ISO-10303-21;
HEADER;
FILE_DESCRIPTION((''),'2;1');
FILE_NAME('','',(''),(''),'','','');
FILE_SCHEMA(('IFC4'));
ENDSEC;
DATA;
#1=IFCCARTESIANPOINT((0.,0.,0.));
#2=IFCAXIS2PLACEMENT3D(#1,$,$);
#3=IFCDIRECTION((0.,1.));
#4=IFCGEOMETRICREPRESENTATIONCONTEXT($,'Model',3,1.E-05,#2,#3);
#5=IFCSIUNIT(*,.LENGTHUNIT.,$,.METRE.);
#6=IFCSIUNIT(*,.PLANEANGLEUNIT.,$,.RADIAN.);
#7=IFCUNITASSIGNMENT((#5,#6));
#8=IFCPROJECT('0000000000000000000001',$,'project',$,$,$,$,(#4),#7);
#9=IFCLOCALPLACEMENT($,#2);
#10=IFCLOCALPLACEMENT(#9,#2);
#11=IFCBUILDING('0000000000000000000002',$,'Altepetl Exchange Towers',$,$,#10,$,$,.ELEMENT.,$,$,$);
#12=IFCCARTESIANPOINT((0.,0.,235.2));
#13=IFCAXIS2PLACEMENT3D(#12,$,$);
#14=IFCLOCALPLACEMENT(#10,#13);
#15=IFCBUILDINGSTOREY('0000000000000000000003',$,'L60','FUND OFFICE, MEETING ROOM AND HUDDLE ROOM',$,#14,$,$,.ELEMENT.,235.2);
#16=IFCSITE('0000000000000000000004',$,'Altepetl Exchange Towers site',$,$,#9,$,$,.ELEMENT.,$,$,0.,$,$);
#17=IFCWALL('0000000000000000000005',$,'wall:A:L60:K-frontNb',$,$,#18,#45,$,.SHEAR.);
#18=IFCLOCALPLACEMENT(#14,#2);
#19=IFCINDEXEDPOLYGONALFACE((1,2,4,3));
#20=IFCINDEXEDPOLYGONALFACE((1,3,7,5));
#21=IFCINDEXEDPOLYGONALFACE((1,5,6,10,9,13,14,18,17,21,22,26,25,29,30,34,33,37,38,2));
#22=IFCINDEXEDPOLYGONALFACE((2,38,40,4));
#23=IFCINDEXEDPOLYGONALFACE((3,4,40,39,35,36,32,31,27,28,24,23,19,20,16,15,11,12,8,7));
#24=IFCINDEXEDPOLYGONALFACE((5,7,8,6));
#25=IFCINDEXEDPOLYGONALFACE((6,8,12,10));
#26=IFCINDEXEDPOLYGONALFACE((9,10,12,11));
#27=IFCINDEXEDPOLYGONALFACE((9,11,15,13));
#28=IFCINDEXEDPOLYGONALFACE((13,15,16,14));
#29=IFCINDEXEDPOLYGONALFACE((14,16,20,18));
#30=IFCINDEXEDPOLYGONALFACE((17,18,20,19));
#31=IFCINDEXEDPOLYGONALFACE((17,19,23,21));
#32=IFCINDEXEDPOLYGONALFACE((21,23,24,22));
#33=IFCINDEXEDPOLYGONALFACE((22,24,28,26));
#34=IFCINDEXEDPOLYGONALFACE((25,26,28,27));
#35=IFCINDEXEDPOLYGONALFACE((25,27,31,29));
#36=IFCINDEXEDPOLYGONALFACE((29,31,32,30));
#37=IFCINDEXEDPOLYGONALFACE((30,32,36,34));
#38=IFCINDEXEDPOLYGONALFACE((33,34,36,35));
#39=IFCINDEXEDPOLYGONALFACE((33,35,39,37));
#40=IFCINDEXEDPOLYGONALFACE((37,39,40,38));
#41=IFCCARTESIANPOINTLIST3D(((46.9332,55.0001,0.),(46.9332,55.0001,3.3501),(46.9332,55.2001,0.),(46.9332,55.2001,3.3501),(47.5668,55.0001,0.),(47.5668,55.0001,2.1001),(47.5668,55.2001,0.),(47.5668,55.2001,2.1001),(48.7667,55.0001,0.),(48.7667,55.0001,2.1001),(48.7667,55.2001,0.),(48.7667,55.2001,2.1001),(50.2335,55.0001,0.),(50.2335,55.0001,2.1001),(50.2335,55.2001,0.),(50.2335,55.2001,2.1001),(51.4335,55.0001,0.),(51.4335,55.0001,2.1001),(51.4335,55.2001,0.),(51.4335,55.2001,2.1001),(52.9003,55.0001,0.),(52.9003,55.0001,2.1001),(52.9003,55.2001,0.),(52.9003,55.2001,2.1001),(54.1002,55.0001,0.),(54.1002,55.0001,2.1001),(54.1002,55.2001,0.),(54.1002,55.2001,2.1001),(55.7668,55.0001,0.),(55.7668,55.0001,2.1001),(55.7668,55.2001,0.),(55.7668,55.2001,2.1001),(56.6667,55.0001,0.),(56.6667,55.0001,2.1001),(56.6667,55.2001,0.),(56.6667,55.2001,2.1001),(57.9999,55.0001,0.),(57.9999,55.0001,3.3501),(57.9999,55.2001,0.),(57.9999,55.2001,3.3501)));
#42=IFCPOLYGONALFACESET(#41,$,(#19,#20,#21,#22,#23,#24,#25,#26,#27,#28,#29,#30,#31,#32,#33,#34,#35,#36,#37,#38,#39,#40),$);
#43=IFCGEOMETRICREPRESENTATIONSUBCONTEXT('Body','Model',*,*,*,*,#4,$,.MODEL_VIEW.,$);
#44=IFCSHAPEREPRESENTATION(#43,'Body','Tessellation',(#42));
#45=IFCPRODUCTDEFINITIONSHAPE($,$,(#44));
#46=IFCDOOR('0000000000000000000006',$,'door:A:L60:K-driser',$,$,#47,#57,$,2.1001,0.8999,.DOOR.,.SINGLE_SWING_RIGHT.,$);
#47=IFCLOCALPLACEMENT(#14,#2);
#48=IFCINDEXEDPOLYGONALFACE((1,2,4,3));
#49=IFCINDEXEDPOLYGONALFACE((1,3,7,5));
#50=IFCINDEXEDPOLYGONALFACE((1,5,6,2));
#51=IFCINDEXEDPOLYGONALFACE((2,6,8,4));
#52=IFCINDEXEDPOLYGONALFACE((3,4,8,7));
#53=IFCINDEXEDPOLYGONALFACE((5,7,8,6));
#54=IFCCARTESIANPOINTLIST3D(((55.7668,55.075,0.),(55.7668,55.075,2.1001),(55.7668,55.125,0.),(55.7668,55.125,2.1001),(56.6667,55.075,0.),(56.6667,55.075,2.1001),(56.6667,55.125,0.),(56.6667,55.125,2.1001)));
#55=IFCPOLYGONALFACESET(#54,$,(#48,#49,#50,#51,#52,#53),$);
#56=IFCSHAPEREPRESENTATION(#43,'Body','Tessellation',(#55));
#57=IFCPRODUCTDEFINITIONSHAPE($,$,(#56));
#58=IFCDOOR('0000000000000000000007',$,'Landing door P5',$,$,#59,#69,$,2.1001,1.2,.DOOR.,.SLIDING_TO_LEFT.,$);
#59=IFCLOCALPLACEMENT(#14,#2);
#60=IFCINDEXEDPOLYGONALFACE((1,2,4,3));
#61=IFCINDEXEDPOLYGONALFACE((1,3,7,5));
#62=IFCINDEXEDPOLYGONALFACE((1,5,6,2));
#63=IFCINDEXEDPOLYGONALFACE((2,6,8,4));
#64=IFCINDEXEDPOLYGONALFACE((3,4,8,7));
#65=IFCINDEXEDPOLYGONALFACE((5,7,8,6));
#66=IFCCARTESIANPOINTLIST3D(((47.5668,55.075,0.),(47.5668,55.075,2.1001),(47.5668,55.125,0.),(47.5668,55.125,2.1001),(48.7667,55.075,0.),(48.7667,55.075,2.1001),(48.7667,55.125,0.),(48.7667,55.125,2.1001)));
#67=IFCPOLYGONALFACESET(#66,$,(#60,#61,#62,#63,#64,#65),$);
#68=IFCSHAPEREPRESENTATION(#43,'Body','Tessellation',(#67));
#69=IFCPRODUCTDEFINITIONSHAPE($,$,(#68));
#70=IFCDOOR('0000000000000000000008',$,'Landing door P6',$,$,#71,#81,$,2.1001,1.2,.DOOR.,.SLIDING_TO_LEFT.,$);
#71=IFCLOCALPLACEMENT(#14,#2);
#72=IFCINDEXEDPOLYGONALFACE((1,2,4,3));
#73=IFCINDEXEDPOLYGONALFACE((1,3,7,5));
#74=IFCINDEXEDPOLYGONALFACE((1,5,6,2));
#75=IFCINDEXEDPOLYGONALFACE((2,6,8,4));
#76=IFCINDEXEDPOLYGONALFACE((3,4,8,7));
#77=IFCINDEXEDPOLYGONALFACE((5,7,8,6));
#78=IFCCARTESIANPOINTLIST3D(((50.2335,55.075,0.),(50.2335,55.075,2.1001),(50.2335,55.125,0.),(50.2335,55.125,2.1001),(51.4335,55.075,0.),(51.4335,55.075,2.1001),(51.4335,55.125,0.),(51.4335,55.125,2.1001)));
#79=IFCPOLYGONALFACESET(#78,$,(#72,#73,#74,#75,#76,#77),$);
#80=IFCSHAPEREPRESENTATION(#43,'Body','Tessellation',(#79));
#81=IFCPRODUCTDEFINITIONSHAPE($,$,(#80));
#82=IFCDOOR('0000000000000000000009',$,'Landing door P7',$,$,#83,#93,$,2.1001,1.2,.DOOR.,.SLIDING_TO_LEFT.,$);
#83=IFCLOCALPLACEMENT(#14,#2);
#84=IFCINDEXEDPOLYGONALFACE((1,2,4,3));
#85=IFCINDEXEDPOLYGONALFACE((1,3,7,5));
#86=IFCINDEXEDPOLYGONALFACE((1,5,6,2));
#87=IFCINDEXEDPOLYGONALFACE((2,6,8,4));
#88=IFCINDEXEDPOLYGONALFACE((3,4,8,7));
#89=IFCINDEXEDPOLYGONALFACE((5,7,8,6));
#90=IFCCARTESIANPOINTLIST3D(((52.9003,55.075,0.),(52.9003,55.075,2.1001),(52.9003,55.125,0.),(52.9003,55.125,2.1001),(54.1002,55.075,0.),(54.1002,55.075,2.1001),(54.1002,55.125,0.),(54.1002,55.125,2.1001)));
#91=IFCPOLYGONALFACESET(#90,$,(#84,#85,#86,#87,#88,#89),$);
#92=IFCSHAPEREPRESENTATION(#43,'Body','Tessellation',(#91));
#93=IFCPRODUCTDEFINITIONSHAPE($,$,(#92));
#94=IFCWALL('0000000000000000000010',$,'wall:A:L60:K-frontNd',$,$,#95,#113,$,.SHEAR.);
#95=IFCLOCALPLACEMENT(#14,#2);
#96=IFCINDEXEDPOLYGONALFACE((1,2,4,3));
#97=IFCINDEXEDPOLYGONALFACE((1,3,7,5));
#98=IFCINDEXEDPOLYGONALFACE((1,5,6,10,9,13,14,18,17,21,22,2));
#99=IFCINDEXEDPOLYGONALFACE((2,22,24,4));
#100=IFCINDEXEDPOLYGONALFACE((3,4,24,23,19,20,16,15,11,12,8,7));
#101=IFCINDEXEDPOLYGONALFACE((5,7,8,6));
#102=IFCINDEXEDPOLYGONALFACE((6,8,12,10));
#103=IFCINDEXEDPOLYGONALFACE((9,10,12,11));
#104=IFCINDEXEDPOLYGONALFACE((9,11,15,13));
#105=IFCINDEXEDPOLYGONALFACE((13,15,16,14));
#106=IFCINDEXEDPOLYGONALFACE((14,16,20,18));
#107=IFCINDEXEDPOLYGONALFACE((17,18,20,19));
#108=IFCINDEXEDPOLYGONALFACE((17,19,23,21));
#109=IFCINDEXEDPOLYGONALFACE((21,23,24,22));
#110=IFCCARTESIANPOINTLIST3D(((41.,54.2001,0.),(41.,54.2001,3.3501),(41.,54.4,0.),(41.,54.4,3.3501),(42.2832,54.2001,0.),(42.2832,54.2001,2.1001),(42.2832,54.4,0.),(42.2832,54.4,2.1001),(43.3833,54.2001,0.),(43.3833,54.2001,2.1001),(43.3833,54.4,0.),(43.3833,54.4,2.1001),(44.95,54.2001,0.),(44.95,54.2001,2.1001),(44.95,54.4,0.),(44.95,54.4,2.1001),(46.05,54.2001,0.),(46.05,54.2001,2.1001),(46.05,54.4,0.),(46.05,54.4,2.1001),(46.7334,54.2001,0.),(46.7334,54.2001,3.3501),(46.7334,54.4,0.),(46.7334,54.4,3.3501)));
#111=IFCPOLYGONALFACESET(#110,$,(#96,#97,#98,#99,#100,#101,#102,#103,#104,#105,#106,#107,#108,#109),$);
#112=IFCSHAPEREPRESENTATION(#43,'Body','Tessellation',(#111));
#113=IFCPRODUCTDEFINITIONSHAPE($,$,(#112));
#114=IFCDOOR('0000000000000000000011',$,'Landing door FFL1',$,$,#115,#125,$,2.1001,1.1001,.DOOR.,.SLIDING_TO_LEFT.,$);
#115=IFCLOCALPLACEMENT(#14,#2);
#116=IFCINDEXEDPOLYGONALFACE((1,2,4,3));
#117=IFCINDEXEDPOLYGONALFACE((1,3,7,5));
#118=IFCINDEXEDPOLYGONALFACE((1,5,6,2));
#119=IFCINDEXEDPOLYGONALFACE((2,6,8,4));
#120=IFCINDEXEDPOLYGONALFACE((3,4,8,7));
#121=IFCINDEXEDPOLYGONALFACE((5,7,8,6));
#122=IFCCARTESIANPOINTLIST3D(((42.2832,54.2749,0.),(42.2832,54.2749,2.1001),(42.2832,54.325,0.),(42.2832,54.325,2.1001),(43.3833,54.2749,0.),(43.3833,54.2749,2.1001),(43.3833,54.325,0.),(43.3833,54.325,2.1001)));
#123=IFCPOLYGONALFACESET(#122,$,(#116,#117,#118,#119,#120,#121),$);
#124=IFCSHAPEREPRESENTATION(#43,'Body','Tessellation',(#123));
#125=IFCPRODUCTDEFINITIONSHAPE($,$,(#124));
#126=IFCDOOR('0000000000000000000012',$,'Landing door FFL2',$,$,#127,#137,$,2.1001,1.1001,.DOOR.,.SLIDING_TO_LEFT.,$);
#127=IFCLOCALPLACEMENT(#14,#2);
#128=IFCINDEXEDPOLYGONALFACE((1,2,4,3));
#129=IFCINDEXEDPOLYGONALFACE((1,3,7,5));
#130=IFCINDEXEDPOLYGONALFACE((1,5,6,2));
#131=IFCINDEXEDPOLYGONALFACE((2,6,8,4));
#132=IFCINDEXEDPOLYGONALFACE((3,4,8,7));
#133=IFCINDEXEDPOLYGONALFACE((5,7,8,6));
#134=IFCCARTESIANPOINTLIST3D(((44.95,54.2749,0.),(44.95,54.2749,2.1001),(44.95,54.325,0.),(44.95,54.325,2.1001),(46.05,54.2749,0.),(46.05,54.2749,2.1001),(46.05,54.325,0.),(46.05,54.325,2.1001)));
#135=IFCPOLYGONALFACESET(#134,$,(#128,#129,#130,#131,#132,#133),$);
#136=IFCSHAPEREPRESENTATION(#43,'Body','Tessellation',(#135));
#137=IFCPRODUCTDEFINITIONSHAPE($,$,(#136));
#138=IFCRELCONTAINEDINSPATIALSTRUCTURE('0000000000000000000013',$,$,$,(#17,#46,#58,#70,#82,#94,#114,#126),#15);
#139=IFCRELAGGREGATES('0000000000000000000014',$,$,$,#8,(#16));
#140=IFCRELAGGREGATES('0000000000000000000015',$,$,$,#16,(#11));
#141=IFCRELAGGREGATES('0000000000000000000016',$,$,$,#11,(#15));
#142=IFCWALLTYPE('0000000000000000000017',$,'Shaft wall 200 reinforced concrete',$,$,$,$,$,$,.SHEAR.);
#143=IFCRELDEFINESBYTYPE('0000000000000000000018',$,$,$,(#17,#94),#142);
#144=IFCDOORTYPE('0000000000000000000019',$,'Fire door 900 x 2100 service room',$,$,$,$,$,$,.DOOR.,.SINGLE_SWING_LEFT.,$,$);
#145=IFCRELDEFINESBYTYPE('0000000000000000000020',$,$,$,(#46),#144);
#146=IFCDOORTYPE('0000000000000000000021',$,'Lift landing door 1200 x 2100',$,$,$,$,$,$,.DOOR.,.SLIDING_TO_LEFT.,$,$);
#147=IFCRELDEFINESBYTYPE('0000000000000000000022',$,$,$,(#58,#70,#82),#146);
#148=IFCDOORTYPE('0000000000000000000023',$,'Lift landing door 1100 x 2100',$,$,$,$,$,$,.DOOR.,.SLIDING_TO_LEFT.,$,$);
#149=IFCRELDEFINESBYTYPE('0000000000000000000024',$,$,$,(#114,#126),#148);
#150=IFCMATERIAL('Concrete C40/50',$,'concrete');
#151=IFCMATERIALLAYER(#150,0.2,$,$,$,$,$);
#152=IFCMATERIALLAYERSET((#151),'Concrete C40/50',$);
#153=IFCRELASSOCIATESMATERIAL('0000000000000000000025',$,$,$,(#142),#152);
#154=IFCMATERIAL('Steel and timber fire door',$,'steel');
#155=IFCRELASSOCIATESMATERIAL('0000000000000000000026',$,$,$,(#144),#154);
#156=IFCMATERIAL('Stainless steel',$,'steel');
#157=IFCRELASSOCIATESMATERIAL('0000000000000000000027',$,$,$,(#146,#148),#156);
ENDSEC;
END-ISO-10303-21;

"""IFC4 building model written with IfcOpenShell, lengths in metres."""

from ifc_helpers import new_model, si_unit, direction, frame, frame_2d, origin, place, context, subcontext, project, spatial, rectangle, extrude, material, layer, layer_set, type_object, element, fill, save


model = new_model("IFC4")

# Units and contexts
model_context = context("Model", 3, precision=1e-05, world=origin(), true_north=direction((0.0, 1.0)))
body_context = subcontext(model_context, "Body", "Model", "MODEL_VIEW")
ifc_project = project(units=[si_unit("LENGTHUNIT", "METRE"), si_unit("PLANEANGLEUNIT", "RADIAN")], contexts=[model_context])

# Site, building, storey
site_placement = place(None, origin())
site = spatial("IfcSite", under=ifc_project, at=site_placement, Name="Altepetl Exchange Towers site", CompositionType="ELEMENT", RefElevation=0.0)
building_placement = place(site_placement, origin())
building = spatial("IfcBuilding", under=site, at=building_placement, Name="Altepetl Exchange Towers", CompositionType="ELEMENT")
storey_placement = place(building_placement, frame((0.0, 0.0, 235.2)))
storey = spatial("IfcBuildingStorey", under=building, at=storey_placement, Name="L60", Description="FUND OFFICE, MEETING ROOM AND HUDDLE ROOM", CompositionType="ELEMENT", Elevation=235.2)

# Shared definitions
ifc_material_1 = material(Name="Steel and timber fire door", Category="steel")

# Shared definitions
ifc_material_2 = material(Name="Concrete C40/50", Category="concrete")
ifc_layer_1 = layer(ifc_material_2, 0.2)
ifc_layer_set_1 = layer_set([ifc_layer_1], Name="Concrete C40/50")
wall_type_1 = type_object("IfcWallType", Name="Shaft wall 200 reinforced concrete", PredefinedType="SHEAR", material=ifc_layer_set_1)

# Walls, openings, doors
wall_1_placement = place(storey_placement, frame((46.9333, 55.1001, 0.0)))
wall_1 = element("IfcWall", 1, at=wall_1_placement, inside=storey, type_object=wall_type_1, Name="wall:A:L60:K-frontNb", PredefinedType="SHEAR", context=body_context, shape_type="SweptSolid", body=[
    extrude(rectangle(XDim=11.0667, YDim=0.2, at=frame_2d((5.5332, 0.0))), origin(), (0.0, 0.0, 1.0), 3.3501),
])
opening_1_placement = place(wall_1_placement, frame((8.8335, 0.0, 0.0)))
opening_1 = element("IfcOpeningElement", 2, at=opening_1_placement, cuts=wall_1, PredefinedType="OPENING", context=body_context, shape_type="SweptSolid", body=[
    extrude(rectangle(XDim=0.8999, YDim=2.1001, at=frame_2d((0.45, 1.05))), frame((0.0, 0.1099, 0.0), z_axis=(0.0, -1.0, 0.0), x_axis=(1.0, 0.0, 0.0)), (0.0, 0.0, 1.0), 0.22),
])
opening_2_placement = place(wall_1_placement, frame((0.6333, 0.0, 0.0)))
opening_2 = element("IfcOpeningElement", 3, at=opening_2_placement, cuts=wall_1, PredefinedType="OPENING", context=body_context, shape_type="SweptSolid", body=[
    extrude(rectangle(XDim=1.2, YDim=2.1001, at=frame_2d((0.6001, 1.05))), frame((0.0, 0.1099, 0.0), z_axis=(0.0, -1.0, 0.0), x_axis=(1.0, 0.0, 0.0)), (0.0, 0.0, 1.0), 0.22),
])
opening_3_placement = place(wall_1_placement, frame((3.3, 0.0, 0.0)))
opening_3 = element("IfcOpeningElement", 4, at=opening_3_placement, cuts=wall_1, PredefinedType="OPENING", context=body_context, shape_type="SweptSolid", body=[
    extrude(rectangle(XDim=1.2, YDim=2.1001, at=frame_2d((0.6001, 1.05))), frame((0.0, 0.1099, 0.0), z_axis=(0.0, -1.0, 0.0), x_axis=(1.0, 0.0, 0.0)), (0.0, 0.0, 1.0), 0.22),
])
opening_4_placement = place(wall_1_placement, frame((5.9668, 0.0, 0.0)))
opening_4 = element("IfcOpeningElement", 5, at=opening_4_placement, cuts=wall_1, PredefinedType="OPENING", context=body_context, shape_type="SweptSolid", body=[
    extrude(rectangle(XDim=1.2, YDim=2.1001, at=frame_2d((0.6001, 1.05))), frame((0.0, 0.1099, 0.0), z_axis=(0.0, -1.0, 0.0), x_axis=(1.0, 0.0, 0.0)), (0.0, 0.0, 1.0), 0.22),
])
door_type_1 = type_object("IfcDoorType", Name="Fire door 900 x 2100 service room", OperationType="SINGLE_SWING_LEFT", PredefinedType="DOOR", material=ifc_material_1)
door_1_placement = place(opening_1_placement, origin())
door_1 = element("IfcDoor", 6, at=door_1_placement, inside=storey, type_object=door_type_1, Name="door:A:L60:K-driser", OperationType="SINGLE_SWING_RIGHT", OverallHeight=2.1001, OverallWidth=0.8999, PredefinedType="DOOR", context=body_context, shape_type="SweptSolid", body=[
    extrude(rectangle(XDim=0.8999, YDim=2.1001, at=frame_2d((0.45, 1.05))), frame((0.0, 0.0249, 0.0), z_axis=(0.0, -1.0, 0.0), x_axis=(1.0, 0.0, 0.0)), (0.0, 0.0, 1.0), 0.05),
])
fill(opening_1, door_1)
ifc_material_3 = material(Name="Stainless steel", Category="steel")
door_type_2 = type_object("IfcDoorType", Name="Lift landing door 1200 x 2100", OperationType="SLIDING_TO_LEFT", PredefinedType="DOOR", material=ifc_material_3)
door_2_placement = place(opening_2_placement, origin())
door_2 = element("IfcDoor", 7, at=door_2_placement, inside=storey, type_object=door_type_2, Name="Landing door P5", OperationType="SLIDING_TO_LEFT", OverallHeight=2.1001, OverallWidth=1.2, PredefinedType="DOOR", context=body_context, shape_type="SweptSolid", body=[
    extrude(rectangle(XDim=1.2, YDim=2.1001, at=frame_2d((0.6001, 1.05))), frame((0.0, 0.0249, 0.0), z_axis=(0.0, -1.0, 0.0), x_axis=(1.0, 0.0, 0.0)), (0.0, 0.0, 1.0), 0.05),
])
fill(opening_2, door_2)
door_3_placement = place(opening_3_placement, origin())
door_3 = element("IfcDoor", 8, at=door_3_placement, inside=storey, type_object=door_type_2, Name="Landing door P6", OperationType="SLIDING_TO_LEFT", OverallHeight=2.1001, OverallWidth=1.2, PredefinedType="DOOR", context=body_context, shape_type="SweptSolid", body=[
    extrude(rectangle(XDim=1.2, YDim=2.1001, at=frame_2d((0.6001, 1.05))), frame((0.0, 0.0249, 0.0), z_axis=(0.0, -1.0, 0.0), x_axis=(1.0, 0.0, 0.0)), (0.0, 0.0, 1.0), 0.05),
])
fill(opening_3, door_3)
door_4_placement = place(opening_4_placement, origin())
door_4 = element("IfcDoor", 9, at=door_4_placement, inside=storey, type_object=door_type_2, Name="Landing door P7", OperationType="SLIDING_TO_LEFT", OverallHeight=2.1001, OverallWidth=1.2, PredefinedType="DOOR", context=body_context, shape_type="SweptSolid", body=[
    extrude(rectangle(XDim=1.2, YDim=2.1001, at=frame_2d((0.6001, 1.05))), frame((0.0, 0.0249, 0.0), z_axis=(0.0, -1.0, 0.0), x_axis=(1.0, 0.0, 0.0)), (0.0, 0.0, 1.0), 0.05),
])
fill(opening_4, door_4)
wall_2_placement = place(storey_placement, frame((41.0, 54.3, 0.0)))
wall_2 = element("IfcWall", 10, at=wall_2_placement, inside=storey, type_object=wall_type_1, Name="wall:A:L60:K-frontNd", PredefinedType="SHEAR", context=body_context, shape_type="SweptSolid", body=[
    extrude(rectangle(XDim=5.7334, YDim=0.2, at=frame_2d((2.8667, 0.0))), origin(), (0.0, 0.0, 1.0), 3.3501),
])
opening_5_placement = place(wall_2_placement, frame((1.2832, 0.0, 0.0)))
opening_5 = element("IfcOpeningElement", 11, at=opening_5_placement, cuts=wall_2, PredefinedType="OPENING", context=body_context, shape_type="SweptSolid", body=[
    extrude(rectangle(XDim=1.1001, YDim=2.1001, at=frame_2d((0.55, 1.05))), frame((0.0, 0.1099, 0.0), z_axis=(0.0, -1.0, 0.0), x_axis=(1.0, 0.0, 0.0)), (0.0, 0.0, 1.0), 0.22),
])
opening_6_placement = place(wall_2_placement, frame((3.95, 0.0, 0.0)))
opening_6 = element("IfcOpeningElement", 12, at=opening_6_placement, cuts=wall_2, PredefinedType="OPENING", context=body_context, shape_type="SweptSolid", body=[
    extrude(rectangle(XDim=1.1001, YDim=2.1001, at=frame_2d((0.55, 1.05))), frame((0.0, 0.1099, 0.0), z_axis=(0.0, -1.0, 0.0), x_axis=(1.0, 0.0, 0.0)), (0.0, 0.0, 1.0), 0.22),
])
door_type_3 = type_object("IfcDoorType", Name="Lift landing door 1100 x 2100", OperationType="SLIDING_TO_LEFT", PredefinedType="DOOR", material=ifc_material_3)
door_5_placement = place(opening_5_placement, origin())
door_5 = element("IfcDoor", 13, at=door_5_placement, inside=storey, type_object=door_type_3, Name="Landing door FFL1", OperationType="SLIDING_TO_LEFT", OverallHeight=2.1001, OverallWidth=1.1001, PredefinedType="DOOR", context=body_context, shape_type="SweptSolid", body=[
    extrude(rectangle(XDim=1.1001, YDim=2.1001, at=frame_2d((0.55, 1.05))), frame((0.0, 0.0249, 0.0), z_axis=(0.0, -1.0, 0.0), x_axis=(1.0, 0.0, 0.0)), (0.0, 0.0, 1.0), 0.05),
])
fill(opening_5, door_5)
door_6_placement = place(opening_6_placement, origin())
door_6 = element("IfcDoor", 14, at=door_6_placement, inside=storey, type_object=door_type_3, Name="Landing door FFL2", OperationType="SLIDING_TO_LEFT", OverallHeight=2.1001, OverallWidth=1.1001, PredefinedType="DOOR", context=body_context, shape_type="SweptSolid", body=[
    extrude(rectangle(XDim=1.1001, YDim=2.1001, at=frame_2d((0.55, 1.05))), frame((0.0, 0.0249, 0.0), z_axis=(0.0, -1.0, 0.0), x_axis=(1.0, 0.0, 0.0)), (0.0, 0.0, 1.0), 0.05),
])
fill(opening_6, door_6)

save(model, "model.ifc")
